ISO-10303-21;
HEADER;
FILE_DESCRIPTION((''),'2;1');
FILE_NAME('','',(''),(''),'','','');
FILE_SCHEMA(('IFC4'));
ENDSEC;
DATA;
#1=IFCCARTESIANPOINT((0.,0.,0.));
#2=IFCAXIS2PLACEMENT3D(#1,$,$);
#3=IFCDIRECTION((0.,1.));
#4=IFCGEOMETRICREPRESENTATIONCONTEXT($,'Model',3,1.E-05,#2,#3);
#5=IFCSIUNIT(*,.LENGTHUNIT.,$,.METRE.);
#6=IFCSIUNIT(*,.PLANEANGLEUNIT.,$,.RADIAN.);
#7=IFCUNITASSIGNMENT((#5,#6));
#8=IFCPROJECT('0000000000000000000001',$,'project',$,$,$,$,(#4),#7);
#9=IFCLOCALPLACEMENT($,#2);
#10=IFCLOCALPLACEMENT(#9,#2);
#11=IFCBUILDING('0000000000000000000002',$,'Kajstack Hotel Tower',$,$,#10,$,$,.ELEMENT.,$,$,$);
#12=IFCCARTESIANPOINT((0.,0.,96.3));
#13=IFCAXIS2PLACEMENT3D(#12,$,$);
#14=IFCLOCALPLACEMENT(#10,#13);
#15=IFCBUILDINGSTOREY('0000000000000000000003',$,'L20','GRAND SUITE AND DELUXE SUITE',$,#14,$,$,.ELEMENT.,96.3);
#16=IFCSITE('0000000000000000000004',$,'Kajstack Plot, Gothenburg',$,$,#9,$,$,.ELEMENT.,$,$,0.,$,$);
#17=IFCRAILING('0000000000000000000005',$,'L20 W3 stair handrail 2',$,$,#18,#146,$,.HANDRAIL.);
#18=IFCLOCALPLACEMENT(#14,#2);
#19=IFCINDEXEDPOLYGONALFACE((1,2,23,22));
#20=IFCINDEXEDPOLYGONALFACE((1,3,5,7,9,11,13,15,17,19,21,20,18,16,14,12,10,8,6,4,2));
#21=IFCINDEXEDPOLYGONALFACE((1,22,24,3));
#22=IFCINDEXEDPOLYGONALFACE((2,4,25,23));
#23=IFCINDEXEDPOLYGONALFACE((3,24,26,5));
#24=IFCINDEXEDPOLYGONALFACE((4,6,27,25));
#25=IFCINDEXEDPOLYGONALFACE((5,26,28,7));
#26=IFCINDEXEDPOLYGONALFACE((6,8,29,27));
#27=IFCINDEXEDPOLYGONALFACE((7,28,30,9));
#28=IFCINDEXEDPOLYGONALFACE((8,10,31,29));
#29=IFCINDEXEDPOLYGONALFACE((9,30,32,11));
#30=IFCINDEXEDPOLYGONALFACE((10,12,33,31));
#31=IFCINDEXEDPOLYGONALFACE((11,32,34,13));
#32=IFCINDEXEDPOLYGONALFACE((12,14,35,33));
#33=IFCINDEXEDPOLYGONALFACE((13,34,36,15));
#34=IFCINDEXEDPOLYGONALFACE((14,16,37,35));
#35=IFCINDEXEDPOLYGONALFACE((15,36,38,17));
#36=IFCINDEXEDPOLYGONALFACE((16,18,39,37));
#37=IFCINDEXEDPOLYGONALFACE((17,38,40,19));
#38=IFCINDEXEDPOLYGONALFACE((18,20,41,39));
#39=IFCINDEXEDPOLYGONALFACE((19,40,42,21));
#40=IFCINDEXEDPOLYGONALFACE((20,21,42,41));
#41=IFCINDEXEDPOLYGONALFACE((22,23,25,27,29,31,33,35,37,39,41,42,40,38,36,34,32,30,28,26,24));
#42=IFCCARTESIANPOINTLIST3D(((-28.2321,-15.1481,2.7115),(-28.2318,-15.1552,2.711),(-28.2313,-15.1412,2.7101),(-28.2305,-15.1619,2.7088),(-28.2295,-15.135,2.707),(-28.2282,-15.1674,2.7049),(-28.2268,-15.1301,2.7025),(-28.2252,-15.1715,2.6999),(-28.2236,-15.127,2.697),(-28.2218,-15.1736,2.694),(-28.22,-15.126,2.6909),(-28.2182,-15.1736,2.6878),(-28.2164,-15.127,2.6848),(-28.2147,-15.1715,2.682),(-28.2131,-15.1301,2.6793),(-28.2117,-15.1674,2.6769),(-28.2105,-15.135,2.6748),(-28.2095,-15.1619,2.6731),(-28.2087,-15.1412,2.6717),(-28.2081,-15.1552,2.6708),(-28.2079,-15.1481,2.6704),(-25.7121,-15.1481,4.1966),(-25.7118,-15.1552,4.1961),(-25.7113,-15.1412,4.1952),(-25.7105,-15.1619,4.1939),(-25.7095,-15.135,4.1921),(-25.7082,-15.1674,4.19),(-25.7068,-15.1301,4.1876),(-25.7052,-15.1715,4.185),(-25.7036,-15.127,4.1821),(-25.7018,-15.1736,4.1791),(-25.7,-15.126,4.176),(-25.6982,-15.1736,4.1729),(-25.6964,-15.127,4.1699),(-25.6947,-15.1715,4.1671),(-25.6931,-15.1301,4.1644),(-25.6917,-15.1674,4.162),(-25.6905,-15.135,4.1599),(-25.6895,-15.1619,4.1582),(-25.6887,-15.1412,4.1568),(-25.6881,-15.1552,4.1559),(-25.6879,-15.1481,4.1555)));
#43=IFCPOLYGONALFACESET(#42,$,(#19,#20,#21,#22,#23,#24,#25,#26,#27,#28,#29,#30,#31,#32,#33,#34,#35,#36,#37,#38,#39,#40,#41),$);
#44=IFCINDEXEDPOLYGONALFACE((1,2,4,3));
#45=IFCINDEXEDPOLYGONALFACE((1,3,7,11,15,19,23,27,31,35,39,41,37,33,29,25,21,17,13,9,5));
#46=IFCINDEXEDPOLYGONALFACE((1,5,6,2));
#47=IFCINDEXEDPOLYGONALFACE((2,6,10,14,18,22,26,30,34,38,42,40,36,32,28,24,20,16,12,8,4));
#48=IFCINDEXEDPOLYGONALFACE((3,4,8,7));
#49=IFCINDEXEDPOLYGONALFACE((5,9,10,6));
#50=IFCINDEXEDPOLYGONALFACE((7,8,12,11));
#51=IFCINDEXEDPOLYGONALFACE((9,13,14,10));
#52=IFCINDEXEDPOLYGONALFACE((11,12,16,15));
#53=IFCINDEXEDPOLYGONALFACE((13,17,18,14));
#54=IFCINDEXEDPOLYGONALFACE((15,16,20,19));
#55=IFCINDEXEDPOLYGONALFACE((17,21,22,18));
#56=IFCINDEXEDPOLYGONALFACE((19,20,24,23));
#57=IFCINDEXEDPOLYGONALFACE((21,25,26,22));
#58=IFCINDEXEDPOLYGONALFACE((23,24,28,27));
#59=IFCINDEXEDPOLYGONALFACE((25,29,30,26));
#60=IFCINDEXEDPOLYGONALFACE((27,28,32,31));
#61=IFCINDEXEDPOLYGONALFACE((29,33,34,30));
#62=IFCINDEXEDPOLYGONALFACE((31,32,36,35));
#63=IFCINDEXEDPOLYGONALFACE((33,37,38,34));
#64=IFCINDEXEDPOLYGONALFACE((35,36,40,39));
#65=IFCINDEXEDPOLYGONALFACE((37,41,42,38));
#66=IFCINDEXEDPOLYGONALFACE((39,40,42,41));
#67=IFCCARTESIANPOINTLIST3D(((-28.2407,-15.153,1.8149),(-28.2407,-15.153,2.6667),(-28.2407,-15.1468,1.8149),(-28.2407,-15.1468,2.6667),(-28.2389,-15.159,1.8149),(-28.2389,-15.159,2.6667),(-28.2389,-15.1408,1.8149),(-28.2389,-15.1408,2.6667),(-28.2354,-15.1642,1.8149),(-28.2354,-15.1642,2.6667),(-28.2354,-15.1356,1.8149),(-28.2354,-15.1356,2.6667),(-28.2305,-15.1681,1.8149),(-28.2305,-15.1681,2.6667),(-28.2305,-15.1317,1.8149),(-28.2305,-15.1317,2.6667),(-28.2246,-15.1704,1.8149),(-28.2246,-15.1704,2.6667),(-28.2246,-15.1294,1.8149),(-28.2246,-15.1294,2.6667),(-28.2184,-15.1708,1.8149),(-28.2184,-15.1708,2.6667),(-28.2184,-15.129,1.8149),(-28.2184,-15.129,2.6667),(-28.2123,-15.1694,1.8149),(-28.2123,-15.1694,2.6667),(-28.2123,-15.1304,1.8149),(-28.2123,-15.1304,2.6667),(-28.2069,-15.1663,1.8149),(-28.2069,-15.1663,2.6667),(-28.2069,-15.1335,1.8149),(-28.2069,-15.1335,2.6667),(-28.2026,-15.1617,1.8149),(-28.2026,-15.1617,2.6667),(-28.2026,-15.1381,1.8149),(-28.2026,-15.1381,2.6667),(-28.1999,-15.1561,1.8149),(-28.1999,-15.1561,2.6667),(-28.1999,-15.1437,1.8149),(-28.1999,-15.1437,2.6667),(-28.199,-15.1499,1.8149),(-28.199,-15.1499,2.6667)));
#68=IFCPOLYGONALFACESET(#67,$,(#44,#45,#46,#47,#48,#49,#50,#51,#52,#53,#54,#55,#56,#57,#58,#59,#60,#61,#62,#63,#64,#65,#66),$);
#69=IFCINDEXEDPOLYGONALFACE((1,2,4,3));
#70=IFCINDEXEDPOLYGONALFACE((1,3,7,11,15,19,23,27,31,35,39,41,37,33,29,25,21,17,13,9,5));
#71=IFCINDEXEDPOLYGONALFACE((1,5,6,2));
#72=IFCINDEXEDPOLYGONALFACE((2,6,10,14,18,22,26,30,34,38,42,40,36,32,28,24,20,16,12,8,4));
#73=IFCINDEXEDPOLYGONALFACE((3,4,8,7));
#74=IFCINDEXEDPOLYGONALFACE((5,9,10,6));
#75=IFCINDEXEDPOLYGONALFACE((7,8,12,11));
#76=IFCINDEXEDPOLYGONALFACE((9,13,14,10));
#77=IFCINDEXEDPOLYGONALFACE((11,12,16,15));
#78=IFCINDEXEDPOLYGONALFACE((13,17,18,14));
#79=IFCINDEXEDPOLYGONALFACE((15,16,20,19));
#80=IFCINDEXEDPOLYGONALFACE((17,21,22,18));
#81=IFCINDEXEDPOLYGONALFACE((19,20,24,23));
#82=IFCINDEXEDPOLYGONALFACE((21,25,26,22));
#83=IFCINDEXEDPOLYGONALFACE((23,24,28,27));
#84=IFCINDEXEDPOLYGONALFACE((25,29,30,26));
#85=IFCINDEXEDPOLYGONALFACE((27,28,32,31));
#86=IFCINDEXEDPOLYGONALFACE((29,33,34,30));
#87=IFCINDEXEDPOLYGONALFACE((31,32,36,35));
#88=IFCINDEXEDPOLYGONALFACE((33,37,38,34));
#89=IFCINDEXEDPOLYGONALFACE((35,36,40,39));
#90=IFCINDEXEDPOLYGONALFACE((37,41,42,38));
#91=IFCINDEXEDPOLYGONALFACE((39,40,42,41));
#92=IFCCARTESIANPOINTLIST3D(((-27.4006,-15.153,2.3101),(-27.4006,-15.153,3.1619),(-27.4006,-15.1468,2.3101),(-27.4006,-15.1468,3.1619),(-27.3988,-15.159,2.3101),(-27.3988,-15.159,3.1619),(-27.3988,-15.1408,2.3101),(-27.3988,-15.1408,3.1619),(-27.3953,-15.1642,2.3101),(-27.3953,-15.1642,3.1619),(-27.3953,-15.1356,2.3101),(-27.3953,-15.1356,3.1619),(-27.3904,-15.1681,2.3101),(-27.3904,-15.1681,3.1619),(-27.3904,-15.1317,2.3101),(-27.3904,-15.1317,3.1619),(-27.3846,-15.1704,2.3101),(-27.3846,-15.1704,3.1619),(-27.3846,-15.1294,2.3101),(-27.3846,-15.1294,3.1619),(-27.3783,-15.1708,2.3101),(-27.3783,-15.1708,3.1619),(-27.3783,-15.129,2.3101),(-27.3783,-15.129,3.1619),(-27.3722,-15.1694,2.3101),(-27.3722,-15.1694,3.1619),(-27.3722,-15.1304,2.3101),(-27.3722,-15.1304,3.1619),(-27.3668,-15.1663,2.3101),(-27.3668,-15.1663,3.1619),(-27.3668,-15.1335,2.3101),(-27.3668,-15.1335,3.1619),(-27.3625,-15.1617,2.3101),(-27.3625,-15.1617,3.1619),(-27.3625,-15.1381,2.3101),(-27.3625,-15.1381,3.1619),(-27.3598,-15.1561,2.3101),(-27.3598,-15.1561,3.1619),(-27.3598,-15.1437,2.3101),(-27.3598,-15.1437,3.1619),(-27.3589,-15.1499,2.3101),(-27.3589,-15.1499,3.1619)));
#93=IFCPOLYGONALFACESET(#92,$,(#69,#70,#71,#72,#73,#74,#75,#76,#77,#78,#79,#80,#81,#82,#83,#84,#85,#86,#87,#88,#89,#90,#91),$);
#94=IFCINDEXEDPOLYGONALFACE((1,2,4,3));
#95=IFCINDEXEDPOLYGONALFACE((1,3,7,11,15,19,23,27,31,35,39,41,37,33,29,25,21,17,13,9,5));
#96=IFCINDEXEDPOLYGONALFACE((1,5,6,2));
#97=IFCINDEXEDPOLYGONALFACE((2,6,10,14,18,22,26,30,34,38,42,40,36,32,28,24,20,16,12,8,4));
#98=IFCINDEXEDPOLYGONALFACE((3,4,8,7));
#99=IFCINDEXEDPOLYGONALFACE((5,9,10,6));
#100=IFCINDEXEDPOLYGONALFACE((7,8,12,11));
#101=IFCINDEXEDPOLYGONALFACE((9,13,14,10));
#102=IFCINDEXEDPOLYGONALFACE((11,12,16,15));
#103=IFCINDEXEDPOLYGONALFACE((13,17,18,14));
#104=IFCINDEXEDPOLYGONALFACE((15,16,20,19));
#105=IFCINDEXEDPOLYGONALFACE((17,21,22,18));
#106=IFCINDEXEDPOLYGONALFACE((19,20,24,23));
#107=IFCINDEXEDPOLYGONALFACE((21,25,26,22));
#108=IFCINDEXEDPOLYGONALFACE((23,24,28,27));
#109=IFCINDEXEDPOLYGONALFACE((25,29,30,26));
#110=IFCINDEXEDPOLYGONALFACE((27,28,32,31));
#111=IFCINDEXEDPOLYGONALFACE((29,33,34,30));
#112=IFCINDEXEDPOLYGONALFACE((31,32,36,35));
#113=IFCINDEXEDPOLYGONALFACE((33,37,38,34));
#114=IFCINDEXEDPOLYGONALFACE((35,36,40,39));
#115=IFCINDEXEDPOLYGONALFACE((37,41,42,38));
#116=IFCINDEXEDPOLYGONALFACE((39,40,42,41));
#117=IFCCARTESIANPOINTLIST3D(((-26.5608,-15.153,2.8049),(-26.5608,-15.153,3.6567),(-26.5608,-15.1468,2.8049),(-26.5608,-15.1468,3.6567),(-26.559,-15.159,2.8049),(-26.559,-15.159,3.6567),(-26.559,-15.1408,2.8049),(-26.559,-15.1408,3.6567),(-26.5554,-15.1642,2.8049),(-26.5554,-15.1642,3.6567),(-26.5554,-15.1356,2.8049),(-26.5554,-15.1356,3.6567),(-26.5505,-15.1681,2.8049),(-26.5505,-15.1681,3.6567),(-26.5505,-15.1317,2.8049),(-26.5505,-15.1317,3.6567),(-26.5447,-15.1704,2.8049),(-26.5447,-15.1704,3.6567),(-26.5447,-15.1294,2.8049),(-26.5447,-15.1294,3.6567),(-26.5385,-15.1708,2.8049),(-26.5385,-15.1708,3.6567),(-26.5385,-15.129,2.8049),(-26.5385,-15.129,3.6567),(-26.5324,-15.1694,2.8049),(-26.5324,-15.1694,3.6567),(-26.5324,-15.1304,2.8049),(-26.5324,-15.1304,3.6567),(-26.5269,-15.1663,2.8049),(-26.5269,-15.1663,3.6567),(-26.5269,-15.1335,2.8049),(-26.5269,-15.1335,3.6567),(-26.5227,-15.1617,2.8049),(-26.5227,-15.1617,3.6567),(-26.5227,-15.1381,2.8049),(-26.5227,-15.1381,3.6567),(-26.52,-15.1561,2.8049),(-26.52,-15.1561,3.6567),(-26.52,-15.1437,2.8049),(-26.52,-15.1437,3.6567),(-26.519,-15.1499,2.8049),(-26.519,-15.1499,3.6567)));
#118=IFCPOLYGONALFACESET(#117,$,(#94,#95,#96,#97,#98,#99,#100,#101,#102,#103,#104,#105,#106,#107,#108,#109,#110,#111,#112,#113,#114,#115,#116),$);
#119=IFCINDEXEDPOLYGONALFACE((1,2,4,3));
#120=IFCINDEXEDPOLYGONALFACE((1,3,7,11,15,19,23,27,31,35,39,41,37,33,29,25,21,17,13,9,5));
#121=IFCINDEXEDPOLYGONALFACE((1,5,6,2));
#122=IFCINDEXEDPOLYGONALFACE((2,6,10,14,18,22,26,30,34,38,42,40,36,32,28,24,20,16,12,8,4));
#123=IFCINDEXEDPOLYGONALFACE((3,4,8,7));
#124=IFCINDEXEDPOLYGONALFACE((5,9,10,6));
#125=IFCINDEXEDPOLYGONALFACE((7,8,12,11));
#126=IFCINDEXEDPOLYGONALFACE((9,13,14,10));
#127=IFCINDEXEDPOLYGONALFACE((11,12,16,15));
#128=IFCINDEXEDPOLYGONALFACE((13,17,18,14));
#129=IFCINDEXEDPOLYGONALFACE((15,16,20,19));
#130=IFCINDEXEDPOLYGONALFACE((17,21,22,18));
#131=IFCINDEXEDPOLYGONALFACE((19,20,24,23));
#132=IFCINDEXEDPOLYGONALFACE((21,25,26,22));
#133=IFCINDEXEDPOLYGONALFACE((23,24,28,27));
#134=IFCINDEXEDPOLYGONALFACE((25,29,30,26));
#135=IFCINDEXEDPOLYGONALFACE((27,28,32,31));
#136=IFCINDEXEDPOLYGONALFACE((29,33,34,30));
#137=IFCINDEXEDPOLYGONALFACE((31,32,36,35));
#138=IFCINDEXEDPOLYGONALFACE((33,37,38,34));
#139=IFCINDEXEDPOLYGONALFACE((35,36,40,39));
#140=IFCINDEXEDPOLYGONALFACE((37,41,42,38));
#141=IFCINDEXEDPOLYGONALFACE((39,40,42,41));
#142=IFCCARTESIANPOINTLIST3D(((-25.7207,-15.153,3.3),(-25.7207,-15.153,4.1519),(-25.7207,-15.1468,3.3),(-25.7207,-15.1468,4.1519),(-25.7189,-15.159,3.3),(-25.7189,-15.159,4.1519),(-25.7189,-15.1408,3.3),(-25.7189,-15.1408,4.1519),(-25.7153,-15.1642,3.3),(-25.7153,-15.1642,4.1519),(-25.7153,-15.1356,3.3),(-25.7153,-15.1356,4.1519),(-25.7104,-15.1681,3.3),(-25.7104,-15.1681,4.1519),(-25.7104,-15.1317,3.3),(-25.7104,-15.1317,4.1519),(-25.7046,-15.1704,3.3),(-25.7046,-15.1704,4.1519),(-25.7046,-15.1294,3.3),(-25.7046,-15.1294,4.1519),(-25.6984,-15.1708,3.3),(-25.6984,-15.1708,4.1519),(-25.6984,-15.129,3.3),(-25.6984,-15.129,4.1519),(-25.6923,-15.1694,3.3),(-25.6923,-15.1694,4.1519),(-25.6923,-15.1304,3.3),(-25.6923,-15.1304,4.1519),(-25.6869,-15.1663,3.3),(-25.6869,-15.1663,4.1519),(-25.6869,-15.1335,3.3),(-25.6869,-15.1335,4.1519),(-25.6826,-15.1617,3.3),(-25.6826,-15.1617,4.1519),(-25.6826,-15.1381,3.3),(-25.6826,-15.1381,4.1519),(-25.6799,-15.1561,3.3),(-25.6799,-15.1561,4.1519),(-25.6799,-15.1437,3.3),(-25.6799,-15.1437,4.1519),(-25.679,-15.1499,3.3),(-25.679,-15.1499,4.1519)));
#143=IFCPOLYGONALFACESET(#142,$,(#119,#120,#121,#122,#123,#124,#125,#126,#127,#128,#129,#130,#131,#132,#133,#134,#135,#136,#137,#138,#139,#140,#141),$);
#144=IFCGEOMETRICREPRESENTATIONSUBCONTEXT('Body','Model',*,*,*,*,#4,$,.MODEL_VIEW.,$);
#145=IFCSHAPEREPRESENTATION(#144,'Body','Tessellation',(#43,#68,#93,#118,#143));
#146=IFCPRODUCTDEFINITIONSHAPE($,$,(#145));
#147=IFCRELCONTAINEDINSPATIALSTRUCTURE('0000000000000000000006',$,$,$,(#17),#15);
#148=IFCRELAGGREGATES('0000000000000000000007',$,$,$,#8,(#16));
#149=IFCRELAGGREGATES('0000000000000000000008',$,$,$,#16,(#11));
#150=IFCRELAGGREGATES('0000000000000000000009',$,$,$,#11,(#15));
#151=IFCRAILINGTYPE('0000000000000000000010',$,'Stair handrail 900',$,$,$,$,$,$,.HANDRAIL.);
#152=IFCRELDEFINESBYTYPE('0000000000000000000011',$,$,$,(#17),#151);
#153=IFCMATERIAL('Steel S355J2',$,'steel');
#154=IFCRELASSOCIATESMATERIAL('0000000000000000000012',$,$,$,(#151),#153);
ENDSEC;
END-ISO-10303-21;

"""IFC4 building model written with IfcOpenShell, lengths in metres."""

from ifc_helpers import new_model, si_unit, direction, frame, origin, origin_2d, place, context, subcontext, project, spatial, circle, extrude, material, type_object, element, save


model = new_model("IFC4")

# Units and contexts
model_context = context("Model", 3, precision=1e-05, world=origin(), true_north=direction((0.0, 1.0)))
body_context = subcontext(model_context, "Body", "Model", "MODEL_VIEW")
ifc_project = project(units=[si_unit("LENGTHUNIT", "METRE"), si_unit("PLANEANGLEUNIT", "RADIAN")], contexts=[model_context])

# Site, building, storey
site_placement = place(None, origin())
site = spatial("IfcSite", under=ifc_project, at=site_placement, Name="Kajstack Plot, Gothenburg", CompositionType="ELEMENT", RefElevation=0.0)
building_placement = place(site_placement, origin())
building = spatial("IfcBuilding", under=site, at=building_placement, Name="Kajstack Hotel Tower", CompositionType="ELEMENT")
storey_placement = place(building_placement, frame((0.0, 0.0, 96.3)))
storey = spatial("IfcBuildingStorey", under=building, at=storey_placement, Name="L20", Description="GRAND SUITE AND DELUXE SUITE", CompositionType="ELEMENT", Elevation=96.3)

# Railing
ifc_material_1 = material(Name="Steel S355J2", Category="steel")
railing_type = type_object("IfcRailingType", Name="Stair handrail 900", PredefinedType="HANDRAIL", material=ifc_material_1)
railing_1_placement = place(storey_placement, frame((-28.22, -15.1499, 1.8149)))
element("IfcRailing", 1, at=railing_1_placement, inside=storey, type_object=railing_type, Name="L20 W3 stair handrail 2", PredefinedType="HANDRAIL", context=body_context, shape_type="SweptSolid", body=[
    extrude(circle(Radius=0.0239, at=origin_2d()), frame((0.0, 0.0, 0.876), z_axis=(0.861524, 0.0, 0.507717), x_axis=(0.0, 1.0, 0.0)), (0.0, 0.0, 1.0), 2.925),
    extrude(circle(Radius=0.021, at=origin_2d()), origin(), (0.0, 0.0, 1.0), 0.8518),
    extrude(circle(Radius=0.021, at=origin_2d()), frame((0.8401, 0.0, 0.4951)), (0.0, 0.0, 1.0), 0.8518),
    extrude(circle(Radius=0.021, at=origin_2d()), frame((1.6799, 0.0, 0.99)), (0.0, 0.0, 1.0), 0.8518),
    extrude(circle(Radius=0.021, at=origin_2d()), frame((2.52, 0.0, 1.4851)), (0.0, 0.0, 1.0), 0.8518),
])

save(model, "model.ifc")
